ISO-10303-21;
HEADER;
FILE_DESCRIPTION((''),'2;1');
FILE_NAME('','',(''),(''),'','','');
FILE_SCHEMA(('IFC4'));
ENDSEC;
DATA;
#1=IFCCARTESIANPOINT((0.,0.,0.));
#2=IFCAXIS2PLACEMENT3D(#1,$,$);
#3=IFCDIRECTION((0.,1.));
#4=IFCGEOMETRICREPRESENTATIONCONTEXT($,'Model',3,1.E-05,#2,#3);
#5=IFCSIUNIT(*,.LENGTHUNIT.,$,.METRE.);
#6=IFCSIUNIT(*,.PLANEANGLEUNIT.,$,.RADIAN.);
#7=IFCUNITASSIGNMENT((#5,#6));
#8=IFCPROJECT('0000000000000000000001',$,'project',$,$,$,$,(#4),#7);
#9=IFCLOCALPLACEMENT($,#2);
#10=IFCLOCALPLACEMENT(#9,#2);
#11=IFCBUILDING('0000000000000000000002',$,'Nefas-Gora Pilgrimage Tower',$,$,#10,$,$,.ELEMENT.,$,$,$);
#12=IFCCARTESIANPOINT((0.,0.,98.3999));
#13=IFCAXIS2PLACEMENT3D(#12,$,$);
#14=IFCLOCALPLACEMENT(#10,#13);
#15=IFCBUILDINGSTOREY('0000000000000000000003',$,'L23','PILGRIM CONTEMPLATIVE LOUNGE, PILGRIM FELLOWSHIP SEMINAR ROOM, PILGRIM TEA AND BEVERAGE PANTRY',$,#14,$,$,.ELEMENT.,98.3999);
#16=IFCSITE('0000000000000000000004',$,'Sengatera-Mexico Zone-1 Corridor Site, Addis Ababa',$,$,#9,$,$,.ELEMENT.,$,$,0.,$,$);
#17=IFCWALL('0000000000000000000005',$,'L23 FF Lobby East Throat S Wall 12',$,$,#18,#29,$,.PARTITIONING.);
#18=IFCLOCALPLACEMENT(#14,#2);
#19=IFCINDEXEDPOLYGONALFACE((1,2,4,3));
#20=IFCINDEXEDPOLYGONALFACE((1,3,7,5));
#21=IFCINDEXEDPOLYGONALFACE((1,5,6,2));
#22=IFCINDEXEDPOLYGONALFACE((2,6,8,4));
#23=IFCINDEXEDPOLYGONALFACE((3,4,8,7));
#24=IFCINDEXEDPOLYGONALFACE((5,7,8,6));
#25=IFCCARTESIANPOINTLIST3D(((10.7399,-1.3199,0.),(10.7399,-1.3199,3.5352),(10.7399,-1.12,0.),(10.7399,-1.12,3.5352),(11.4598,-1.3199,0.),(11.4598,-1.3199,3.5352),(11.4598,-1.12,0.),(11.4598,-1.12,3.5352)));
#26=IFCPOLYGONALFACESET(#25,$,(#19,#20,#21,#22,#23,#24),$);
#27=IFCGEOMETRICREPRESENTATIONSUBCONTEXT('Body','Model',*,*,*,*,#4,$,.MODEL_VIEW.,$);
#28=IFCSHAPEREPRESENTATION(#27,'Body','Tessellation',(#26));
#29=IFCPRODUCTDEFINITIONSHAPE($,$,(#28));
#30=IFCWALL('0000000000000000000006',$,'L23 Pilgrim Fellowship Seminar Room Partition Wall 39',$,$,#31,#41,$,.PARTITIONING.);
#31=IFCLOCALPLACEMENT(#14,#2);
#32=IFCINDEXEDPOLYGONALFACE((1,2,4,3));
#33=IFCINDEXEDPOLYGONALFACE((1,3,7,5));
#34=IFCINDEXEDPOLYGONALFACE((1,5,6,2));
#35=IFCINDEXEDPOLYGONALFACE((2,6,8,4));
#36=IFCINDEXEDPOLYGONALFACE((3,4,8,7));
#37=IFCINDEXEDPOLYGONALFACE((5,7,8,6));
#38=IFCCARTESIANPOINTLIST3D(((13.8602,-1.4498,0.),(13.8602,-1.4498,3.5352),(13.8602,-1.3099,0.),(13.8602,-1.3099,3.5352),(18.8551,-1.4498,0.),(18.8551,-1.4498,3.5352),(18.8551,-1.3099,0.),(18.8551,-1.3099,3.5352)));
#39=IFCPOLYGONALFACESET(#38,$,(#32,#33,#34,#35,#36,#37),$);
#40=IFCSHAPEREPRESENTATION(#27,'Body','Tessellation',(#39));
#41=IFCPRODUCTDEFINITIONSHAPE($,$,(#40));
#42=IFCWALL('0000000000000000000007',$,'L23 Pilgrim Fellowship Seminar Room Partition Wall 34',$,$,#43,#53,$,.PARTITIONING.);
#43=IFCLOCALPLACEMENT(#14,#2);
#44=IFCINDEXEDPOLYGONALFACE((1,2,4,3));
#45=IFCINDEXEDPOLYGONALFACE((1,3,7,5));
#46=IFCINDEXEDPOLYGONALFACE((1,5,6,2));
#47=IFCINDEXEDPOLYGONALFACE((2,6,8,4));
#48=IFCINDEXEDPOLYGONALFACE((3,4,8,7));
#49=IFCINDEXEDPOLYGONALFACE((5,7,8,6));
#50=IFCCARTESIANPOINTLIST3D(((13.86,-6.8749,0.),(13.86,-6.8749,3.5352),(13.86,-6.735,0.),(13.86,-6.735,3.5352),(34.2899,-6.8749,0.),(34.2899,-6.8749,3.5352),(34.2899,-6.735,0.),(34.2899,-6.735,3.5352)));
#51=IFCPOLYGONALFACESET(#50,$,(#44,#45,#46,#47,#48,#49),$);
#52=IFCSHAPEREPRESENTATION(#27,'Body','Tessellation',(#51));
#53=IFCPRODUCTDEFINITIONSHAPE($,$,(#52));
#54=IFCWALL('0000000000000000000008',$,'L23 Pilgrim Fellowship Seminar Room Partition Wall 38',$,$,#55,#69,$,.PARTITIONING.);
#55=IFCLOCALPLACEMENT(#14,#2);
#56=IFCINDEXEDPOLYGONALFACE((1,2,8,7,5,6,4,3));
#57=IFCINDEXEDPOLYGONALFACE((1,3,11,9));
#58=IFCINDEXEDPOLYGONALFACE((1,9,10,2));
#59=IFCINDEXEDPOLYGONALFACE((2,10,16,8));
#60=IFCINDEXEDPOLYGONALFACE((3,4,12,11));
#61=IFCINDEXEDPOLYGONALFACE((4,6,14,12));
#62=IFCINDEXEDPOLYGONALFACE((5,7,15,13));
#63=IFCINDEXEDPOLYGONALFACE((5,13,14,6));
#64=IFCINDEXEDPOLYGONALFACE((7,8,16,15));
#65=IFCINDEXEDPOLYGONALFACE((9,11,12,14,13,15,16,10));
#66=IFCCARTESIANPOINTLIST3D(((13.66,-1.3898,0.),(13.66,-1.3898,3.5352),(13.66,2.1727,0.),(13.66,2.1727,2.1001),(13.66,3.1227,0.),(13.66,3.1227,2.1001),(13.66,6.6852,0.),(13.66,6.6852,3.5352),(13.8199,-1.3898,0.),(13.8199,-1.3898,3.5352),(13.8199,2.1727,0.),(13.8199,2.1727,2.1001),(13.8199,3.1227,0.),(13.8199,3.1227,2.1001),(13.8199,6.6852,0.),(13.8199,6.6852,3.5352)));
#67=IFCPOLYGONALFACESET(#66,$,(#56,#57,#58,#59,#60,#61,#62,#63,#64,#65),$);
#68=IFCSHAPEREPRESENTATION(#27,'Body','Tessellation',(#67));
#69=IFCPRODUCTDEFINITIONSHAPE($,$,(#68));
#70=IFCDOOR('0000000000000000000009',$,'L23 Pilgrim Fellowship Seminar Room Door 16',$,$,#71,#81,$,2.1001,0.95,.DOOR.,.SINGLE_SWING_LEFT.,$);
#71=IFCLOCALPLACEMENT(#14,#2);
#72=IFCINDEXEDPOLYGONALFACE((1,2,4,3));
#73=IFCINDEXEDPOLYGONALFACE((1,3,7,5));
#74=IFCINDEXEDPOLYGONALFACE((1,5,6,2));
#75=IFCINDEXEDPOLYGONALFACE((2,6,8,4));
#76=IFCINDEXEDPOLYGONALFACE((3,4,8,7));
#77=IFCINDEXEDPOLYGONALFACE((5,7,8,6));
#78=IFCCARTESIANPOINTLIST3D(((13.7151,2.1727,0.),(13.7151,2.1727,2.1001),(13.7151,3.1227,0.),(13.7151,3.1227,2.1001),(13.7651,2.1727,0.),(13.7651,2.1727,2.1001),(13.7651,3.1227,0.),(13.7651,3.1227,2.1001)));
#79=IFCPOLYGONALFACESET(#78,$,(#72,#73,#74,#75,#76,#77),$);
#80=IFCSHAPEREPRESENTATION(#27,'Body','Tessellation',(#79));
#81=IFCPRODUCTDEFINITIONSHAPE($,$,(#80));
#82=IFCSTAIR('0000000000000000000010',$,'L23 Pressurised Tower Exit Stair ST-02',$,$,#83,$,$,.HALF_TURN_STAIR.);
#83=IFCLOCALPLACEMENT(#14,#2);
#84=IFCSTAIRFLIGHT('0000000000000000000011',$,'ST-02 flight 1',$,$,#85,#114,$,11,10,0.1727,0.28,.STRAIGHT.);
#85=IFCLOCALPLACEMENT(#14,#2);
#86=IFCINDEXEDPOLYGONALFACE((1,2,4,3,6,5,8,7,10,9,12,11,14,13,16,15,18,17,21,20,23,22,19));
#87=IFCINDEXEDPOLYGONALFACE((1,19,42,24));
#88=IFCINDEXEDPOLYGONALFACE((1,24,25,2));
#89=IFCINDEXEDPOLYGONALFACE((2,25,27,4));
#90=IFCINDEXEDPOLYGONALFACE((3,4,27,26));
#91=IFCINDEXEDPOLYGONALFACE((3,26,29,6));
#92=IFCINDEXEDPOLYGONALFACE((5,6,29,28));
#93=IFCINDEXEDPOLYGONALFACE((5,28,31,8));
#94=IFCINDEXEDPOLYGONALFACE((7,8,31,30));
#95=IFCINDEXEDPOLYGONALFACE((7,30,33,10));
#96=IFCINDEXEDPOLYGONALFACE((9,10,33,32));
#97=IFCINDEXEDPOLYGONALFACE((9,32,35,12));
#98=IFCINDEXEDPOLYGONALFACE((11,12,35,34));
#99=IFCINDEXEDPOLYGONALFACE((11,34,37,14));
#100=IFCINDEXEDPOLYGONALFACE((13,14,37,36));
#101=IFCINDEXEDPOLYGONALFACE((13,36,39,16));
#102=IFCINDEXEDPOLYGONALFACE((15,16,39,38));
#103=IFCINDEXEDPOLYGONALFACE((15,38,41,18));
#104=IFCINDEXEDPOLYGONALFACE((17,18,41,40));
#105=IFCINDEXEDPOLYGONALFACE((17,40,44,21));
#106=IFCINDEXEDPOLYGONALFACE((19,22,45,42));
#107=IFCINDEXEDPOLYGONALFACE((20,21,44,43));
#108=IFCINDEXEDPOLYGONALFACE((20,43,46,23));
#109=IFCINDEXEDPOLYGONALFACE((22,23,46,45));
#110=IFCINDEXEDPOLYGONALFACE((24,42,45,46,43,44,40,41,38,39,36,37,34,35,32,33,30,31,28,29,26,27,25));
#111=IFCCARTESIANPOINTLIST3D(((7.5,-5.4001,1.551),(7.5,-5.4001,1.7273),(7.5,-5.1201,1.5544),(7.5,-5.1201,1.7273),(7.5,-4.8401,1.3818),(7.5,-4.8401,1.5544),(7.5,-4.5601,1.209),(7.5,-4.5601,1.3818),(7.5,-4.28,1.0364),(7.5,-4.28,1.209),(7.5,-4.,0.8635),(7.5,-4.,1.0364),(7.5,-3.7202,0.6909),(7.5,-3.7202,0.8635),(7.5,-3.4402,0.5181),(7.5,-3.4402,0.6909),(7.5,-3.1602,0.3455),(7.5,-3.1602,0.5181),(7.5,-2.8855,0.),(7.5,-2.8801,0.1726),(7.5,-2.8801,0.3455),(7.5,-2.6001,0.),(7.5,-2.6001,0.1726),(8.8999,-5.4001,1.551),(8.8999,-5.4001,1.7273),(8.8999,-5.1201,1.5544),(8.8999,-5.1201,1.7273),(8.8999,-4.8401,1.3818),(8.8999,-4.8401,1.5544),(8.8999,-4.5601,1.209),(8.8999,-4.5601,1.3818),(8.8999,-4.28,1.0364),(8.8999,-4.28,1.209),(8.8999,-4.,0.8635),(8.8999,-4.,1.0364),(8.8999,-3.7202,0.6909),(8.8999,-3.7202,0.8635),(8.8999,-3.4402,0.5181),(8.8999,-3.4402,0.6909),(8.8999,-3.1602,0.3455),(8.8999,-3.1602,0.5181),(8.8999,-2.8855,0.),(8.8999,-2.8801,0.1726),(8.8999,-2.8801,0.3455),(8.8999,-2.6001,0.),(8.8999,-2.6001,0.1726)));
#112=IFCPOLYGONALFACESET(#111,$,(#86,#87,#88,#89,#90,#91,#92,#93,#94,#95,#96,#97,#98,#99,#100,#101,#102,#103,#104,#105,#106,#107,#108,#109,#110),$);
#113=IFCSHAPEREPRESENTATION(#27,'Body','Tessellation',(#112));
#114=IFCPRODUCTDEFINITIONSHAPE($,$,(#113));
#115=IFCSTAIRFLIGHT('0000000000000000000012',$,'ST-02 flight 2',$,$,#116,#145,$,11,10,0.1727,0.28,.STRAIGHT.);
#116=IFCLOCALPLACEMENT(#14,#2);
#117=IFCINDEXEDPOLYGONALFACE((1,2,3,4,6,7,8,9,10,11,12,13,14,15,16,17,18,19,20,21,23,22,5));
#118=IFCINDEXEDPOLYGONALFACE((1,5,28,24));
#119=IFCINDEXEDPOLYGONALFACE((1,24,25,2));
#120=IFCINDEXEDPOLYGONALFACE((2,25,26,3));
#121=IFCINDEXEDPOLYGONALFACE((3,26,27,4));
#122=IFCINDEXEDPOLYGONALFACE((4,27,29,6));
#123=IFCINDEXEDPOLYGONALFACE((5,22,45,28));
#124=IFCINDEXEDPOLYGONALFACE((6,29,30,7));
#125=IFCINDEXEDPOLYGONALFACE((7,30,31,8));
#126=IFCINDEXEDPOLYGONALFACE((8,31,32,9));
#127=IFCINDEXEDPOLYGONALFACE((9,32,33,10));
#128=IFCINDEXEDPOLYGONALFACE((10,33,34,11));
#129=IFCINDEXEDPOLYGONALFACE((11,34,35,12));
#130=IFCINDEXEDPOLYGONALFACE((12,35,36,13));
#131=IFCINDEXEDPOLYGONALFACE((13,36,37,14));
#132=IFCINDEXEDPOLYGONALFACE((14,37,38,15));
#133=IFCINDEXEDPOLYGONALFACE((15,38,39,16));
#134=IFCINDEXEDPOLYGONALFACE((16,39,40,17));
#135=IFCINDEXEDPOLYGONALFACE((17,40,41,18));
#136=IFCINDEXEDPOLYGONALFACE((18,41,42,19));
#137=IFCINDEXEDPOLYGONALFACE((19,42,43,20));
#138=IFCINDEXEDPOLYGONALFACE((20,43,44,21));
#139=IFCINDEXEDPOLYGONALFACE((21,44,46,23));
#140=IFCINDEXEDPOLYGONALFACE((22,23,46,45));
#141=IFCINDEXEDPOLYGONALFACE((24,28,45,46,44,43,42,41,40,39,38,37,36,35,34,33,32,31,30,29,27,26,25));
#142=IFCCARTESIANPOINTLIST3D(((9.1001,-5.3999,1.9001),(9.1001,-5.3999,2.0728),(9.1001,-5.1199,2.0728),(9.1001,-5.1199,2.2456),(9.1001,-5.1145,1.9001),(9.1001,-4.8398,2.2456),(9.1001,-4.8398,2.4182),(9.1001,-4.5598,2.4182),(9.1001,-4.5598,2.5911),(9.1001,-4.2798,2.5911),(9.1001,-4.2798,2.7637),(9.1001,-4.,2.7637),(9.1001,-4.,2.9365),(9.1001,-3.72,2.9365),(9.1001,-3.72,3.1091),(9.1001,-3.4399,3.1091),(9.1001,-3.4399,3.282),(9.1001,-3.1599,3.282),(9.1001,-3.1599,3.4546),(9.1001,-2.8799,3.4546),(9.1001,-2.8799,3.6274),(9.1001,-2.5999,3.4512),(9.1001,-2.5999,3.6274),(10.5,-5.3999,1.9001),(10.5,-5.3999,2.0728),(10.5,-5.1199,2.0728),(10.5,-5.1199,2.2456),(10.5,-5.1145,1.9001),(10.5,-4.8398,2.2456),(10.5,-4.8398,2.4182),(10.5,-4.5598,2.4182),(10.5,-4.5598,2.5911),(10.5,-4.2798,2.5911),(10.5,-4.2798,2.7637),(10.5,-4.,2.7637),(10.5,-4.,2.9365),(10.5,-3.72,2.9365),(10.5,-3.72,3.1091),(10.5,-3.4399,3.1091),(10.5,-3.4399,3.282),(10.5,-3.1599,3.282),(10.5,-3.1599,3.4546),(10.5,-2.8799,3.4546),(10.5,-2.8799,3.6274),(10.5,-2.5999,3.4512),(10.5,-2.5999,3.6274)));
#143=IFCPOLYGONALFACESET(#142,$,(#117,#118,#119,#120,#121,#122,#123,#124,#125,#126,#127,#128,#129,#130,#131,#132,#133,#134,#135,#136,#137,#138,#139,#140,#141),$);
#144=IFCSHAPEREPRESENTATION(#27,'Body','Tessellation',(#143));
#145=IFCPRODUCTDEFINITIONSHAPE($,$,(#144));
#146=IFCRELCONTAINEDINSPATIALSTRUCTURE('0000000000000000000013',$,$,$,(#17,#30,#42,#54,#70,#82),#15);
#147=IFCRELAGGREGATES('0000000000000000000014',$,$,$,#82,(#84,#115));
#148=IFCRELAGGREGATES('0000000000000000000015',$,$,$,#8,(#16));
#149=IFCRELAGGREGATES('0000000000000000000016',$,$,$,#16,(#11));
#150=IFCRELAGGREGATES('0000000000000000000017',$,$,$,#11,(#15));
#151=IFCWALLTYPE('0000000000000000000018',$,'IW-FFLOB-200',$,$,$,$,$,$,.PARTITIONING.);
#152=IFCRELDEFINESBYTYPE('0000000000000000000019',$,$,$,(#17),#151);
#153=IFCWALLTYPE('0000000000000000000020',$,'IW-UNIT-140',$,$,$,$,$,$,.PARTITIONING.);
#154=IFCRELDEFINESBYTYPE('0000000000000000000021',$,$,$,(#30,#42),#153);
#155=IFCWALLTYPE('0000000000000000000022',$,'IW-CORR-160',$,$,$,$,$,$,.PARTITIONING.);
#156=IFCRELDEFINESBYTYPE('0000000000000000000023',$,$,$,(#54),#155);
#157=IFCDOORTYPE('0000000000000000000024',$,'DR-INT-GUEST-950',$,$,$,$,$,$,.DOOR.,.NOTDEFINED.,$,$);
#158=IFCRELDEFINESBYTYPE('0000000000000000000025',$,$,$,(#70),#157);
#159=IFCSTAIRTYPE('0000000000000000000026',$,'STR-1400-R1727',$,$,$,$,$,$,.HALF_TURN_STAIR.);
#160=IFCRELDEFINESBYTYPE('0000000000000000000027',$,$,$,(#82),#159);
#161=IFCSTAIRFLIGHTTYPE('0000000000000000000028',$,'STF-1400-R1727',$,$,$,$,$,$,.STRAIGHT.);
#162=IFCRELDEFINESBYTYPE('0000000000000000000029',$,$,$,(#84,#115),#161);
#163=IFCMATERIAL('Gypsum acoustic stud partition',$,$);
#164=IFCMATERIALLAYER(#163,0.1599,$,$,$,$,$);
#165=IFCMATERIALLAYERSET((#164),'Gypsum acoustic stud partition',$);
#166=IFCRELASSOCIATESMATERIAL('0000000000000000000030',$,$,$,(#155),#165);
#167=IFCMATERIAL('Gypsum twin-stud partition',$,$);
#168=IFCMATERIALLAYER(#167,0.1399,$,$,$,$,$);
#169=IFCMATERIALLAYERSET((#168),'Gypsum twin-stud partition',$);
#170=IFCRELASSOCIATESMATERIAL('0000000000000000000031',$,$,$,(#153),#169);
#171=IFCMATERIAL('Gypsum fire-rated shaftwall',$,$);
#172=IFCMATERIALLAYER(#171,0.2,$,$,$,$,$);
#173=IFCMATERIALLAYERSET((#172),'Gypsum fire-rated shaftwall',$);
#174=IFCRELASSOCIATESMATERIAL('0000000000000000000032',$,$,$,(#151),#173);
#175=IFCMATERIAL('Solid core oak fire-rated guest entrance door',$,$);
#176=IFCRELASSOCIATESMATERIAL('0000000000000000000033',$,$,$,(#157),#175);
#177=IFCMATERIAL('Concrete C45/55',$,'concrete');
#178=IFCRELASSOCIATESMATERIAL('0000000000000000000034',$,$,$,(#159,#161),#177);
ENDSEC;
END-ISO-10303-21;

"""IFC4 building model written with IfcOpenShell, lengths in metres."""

from ifc_helpers import new_model, si_unit, direction, frame, frame_2d, origin, place, context, subcontext, project, spatial, polyline, rectangle, outline, extrude, source, transform, mapped, material, layer, layer_set, type_object, element, fill, aggregate, save


model = new_model("IFC4")

# Units and contexts
model_context = context("Model", 3, precision=1e-05, world=origin(), true_north=direction((0.0, 1.0)))
body_context = subcontext(model_context, "Body", "Model", "MODEL_VIEW")
ifc_project = project(units=[si_unit("LENGTHUNIT", "METRE"), si_unit("PLANEANGLEUNIT", "RADIAN")], contexts=[model_context])

# Site, building, storey
site_placement = place(None, origin())
site = spatial("IfcSite", under=ifc_project, at=site_placement, Name="Sengatera-Mexico Zone-1 Corridor Site, Addis Ababa", CompositionType="ELEMENT", RefElevation=0.0)
building_placement = place(site_placement, origin())
building = spatial("IfcBuilding", under=site, at=building_placement, Name="Nefas-Gora Pilgrimage Tower", CompositionType="ELEMENT")
storey_placement = place(building_placement, frame((0.0, 0.0, 98.3999)))
storey = spatial("IfcBuildingStorey", under=building, at=storey_placement, Name="L23", Description="PILGRIM CONTEMPLATIVE LOUNGE, PILGRIM FELLOWSHIP SEMINAR ROOM, PILGRIM TEA AND BEVERAGE PANTRY", CompositionType="ELEMENT", Elevation=98.3999)

# Shared definitions
ifc_material_1 = material(Name="Concrete C45/55", Category="concrete")
ifc_material_2 = material(Name="Gypsum acoustic stud partition")
ifc_layer_1 = layer(ifc_material_2, 0.1599)
ifc_layer_set_1 = layer_set([ifc_layer_1], Name="Gypsum acoustic stud partition")
wall_type_1 = type_object("IfcWallType", Name="IW-CORR-160", PredefinedType="PARTITIONING", material=ifc_layer_set_1)

# Shared definitions
ifc_material_3 = material(Name="Gypsum twin-stud partition")
ifc_layer_2 = layer(ifc_material_3, 0.1399)
ifc_layer_set_2 = layer_set([ifc_layer_2], Name="Gypsum twin-stud partition")
wall_type_2 = type_object("IfcWallType", Name="IW-UNIT-140", PredefinedType="PARTITIONING", material=ifc_layer_set_2)

# Shared definitions
ifc_material_4 = material(Name="Gypsum fire-rated shaftwall")
ifc_layer_3 = layer(ifc_material_4, 0.2)
ifc_layer_set_3 = layer_set([ifc_layer_3], Name="Gypsum fire-rated shaftwall")
wall_type_3 = type_object("IfcWallType", Name="IW-FFLOB-200", PredefinedType="PARTITIONING", material=ifc_layer_set_3)

# Walls
shared_shape_1 = source(origin(), body_context, "Body", "SweptSolid", [
    extrude(rectangle(XDim=0.72, YDim=0.2, at=frame_2d((0.3599, 0.0))), origin(), (0.0, 0.0, 1.0), 3.5352),
])
wall_1_placement = place(storey_placement, frame((10.74, -1.22, 0.0), z_axis=(0.0, 0.0, 1.0), x_axis=(1.0, 0.0, 0.0)))
element("IfcWall", 1, at=wall_1_placement, inside=storey, type_object=wall_type_3, Name="L23 FF Lobby East Throat S Wall 12", PredefinedType="PARTITIONING", context=body_context, shape_type="MappedRepresentation", body=[
    mapped(shared_shape_1, transform((0.0, 0.0, 0.0), x_axis=(1.0, 0.0, 0.0), y_axis=(0.0, 1.0, 0.0), z_axis=(0.0, 0.0, 1.0), scale=1.0)),
])
shared_shape_2 = source(origin(), body_context, "Body", "SweptSolid", [
    extrude(rectangle(XDim=4.9949, YDim=0.1399, at=frame_2d((2.4976, 0.0))), origin(), (0.0, 0.0, 1.0), 3.5352),
])
wall_2_placement = place(storey_placement, frame((13.8601, -1.3799, 0.0), z_axis=(0.0, 0.0, 1.0), x_axis=(1.0, 0.0, 0.0)))
element("IfcWall", 2, at=wall_2_placement, inside=storey, type_object=wall_type_2, Name="L23 Pilgrim Fellowship Seminar Room Partition Wall 39", PredefinedType="PARTITIONING", context=body_context, shape_type="MappedRepresentation", body=[
    mapped(shared_shape_2, transform((0.0, 0.0, 0.0), x_axis=(1.0, 0.0, 0.0), y_axis=(0.0, 1.0, 0.0), z_axis=(0.0, 0.0, 1.0), scale=1.0)),
])
shared_shape_3 = source(origin(), body_context, "Body", "SweptSolid", [
    extrude(rectangle(XDim=20.4299, YDim=0.1399, at=frame_2d((10.2148, 0.0))), origin(), (0.0, 0.0, 1.0), 3.5352),
])
wall_3_placement = place(storey_placement, frame((13.8601, -6.8049, 0.0), z_axis=(0.0, 0.0, 1.0), x_axis=(1.0, 0.0, 0.0)))
element("IfcWall", 3, at=wall_3_placement, inside=storey, type_object=wall_type_2, Name="L23 Pilgrim Fellowship Seminar Room Partition Wall 34", PredefinedType="PARTITIONING", context=body_context, shape_type="MappedRepresentation", body=[
    mapped(shared_shape_3, transform((0.0, 0.0, 0.0), x_axis=(1.0, 0.0, 0.0), y_axis=(0.0, 1.0, 0.0), z_axis=(0.0, 0.0, 1.0), scale=1.0)),
])

# Wall, opening, door
shared_shape_4 = source(origin(), body_context, "Body", "SweptSolid", [
    extrude(rectangle(XDim=8.075, YDim=0.1599, at=frame_2d((4.0376, 0.0))), origin(), (0.0, 0.0, 1.0), 3.5352),
])
wall_4_placement = place(storey_placement, frame((13.74, -1.3899, 0.0), z_axis=(0.0, 0.0, 1.0), x_axis=(0.0, 1.0, 0.0)))
wall_4 = element("IfcWall", 4, at=wall_4_placement, inside=storey, type_object=wall_type_1, Name="L23 Pilgrim Fellowship Seminar Room Partition Wall 38", PredefinedType="PARTITIONING", context=body_context, shape_type="MappedRepresentation", body=[
    mapped(shared_shape_4, transform((0.0, 0.0, 0.0), x_axis=(1.0, 0.0, 0.0), y_axis=(0.0, 1.0, 0.0), z_axis=(0.0, 0.0, 1.0), scale=1.0)),
])
opening_1_placement = place(wall_4_placement, frame((3.5625, 0.0, 0.0)))
opening_1 = element("IfcOpeningElement", 5, at=opening_1_placement, cuts=wall_4, PredefinedType="OPENING", context=body_context, shape_type="SweptSolid", body=[
    extrude(rectangle(XDim=0.95, YDim=2.1001, at=frame_2d((0.4751, 1.05))), frame((0.0, 0.0898, 0.0), z_axis=(0.0, -1.0, 0.0), x_axis=(1.0, 0.0, 0.0)), (0.0, 0.0, 1.0), 0.1799),
])
ifc_material_5 = material(Name="Solid core oak fire-rated guest entrance door")
door_type_1 = type_object("IfcDoorType", Name="DR-INT-GUEST-950", OperationType="NOTDEFINED", PredefinedType="DOOR", material=ifc_material_5)
shared_shape_5 = source(origin(), body_context, "Body", "SweptSolid", [
    extrude(rectangle(XDim=0.95, YDim=2.1001, at=frame_2d((0.4751, 1.05))), frame((0.0, 0.0249, 0.0), z_axis=(0.0, -1.0, 0.0), x_axis=(1.0, 0.0, 0.0)), (0.0, 0.0, 1.0), 0.05),
])
door_1_placement = place(opening_1_placement, origin())
door_1 = element("IfcDoor", 6, at=door_1_placement, inside=storey, type_object=door_type_1, Name="L23 Pilgrim Fellowship Seminar Room Door 16", OperationType="SINGLE_SWING_LEFT", OverallHeight=2.1001, OverallWidth=0.95, PredefinedType="DOOR", context=body_context, shape_type="MappedRepresentation", body=[
    mapped(shared_shape_5, transform((0.0, 0.0, 0.0), x_axis=(1.0, 0.0, 0.0), y_axis=(0.0, 1.0, 0.0), z_axis=(0.0, 0.0, 1.0), scale=1.0)),
])
fill(opening_1, door_1)

# Stair, stair flights
stair_type = type_object("IfcStairType", Name="STR-1400-R1727", PredefinedType="HALF_TURN_STAIR", material=ifc_material_1)
stair_placement = place(storey_placement, origin())
stair = element("IfcStair", 7, at=stair_placement, inside=storey, type_object=stair_type, Name="L23 Pressurised Tower Exit Stair ST-02", PredefinedType="HALF_TURN_STAIR")
stair_flight_type = type_object("IfcStairFlightType", Name="STF-1400-R1727", PredefinedType="STRAIGHT", material=ifc_material_1)
shared_shape_6 = source(origin(), body_context, "Body", "SweptSolid", [
    extrude(outline(polyline([(0.0, 0.0), (0.0, 0.1726), (0.28, 0.1726), (0.28, 0.3455), (0.5601, 0.3455), (0.5601, 0.5181), (0.8401, 0.5181), (0.8401, 0.6909), (1.1201, 0.6909), (1.1201, 0.8635), (1.3999, 0.8635), (1.3999, 1.0364), (1.6799, 1.0364), (1.6799, 1.209), (1.96, 1.209), (1.96, 1.3818), (2.24, 1.3818), (2.24, 1.5544), (2.52, 1.5544), (2.52, 1.7273), (2.8, 1.7273), (2.8, 1.8999), (2.8, 1.551), (0.2854, 0.0), (0.0, 0.0)])), frame((0.0, 0.7, 0.0), z_axis=(0.0, -1.0, 0.0), x_axis=(1.0, 0.0, 0.0)), (0.0, 0.0, 1.0), 1.3999),
])
stair_flight_1_placement = place(storey_placement, frame((8.2, -2.6001, 0.0), z_axis=(0.0, 0.0, 1.0), x_axis=(0.0, -1.0, 0.0)))
stair_flight_1 = element("IfcStairFlight", 8, at=stair_flight_1_placement, type_object=stair_flight_type, Name="ST-02 flight 1", NumberOfRisers=11, NumberOfTreads=10, PredefinedType="STRAIGHT", RiserHeight=0.1727, TreadLength=0.28, context=body_context, shape_type="MappedRepresentation", body=[
    mapped(shared_shape_6, transform((0.0, 0.0, 0.0), x_axis=(1.0, 0.0, 0.0), y_axis=(0.0, 1.0, 0.0), z_axis=(0.0, 0.0, 1.0), scale=1.0)),
])
stair_flight_2_placement = place(storey_placement, frame((9.8, -5.3999, 1.9001), z_axis=(0.0, 0.0, 1.0), x_axis=(0.0, 1.0, 0.0)))
stair_flight_2 = element("IfcStairFlight", 9, at=stair_flight_2_placement, type_object=stair_flight_type, Name="ST-02 flight 2", NumberOfRisers=11, NumberOfTreads=10, PredefinedType="STRAIGHT", RiserHeight=0.1727, TreadLength=0.28, context=body_context, shape_type="MappedRepresentation", body=[
    mapped(shared_shape_6, transform((0.0, 0.0, 0.0), x_axis=(1.0, 0.0, 0.0), y_axis=(0.0, 1.0, 0.0), z_axis=(0.0, 0.0, 1.0), scale=1.0)),
])
aggregate(stair, [stair_flight_1, stair_flight_2])

save(model, "model.ifc")
